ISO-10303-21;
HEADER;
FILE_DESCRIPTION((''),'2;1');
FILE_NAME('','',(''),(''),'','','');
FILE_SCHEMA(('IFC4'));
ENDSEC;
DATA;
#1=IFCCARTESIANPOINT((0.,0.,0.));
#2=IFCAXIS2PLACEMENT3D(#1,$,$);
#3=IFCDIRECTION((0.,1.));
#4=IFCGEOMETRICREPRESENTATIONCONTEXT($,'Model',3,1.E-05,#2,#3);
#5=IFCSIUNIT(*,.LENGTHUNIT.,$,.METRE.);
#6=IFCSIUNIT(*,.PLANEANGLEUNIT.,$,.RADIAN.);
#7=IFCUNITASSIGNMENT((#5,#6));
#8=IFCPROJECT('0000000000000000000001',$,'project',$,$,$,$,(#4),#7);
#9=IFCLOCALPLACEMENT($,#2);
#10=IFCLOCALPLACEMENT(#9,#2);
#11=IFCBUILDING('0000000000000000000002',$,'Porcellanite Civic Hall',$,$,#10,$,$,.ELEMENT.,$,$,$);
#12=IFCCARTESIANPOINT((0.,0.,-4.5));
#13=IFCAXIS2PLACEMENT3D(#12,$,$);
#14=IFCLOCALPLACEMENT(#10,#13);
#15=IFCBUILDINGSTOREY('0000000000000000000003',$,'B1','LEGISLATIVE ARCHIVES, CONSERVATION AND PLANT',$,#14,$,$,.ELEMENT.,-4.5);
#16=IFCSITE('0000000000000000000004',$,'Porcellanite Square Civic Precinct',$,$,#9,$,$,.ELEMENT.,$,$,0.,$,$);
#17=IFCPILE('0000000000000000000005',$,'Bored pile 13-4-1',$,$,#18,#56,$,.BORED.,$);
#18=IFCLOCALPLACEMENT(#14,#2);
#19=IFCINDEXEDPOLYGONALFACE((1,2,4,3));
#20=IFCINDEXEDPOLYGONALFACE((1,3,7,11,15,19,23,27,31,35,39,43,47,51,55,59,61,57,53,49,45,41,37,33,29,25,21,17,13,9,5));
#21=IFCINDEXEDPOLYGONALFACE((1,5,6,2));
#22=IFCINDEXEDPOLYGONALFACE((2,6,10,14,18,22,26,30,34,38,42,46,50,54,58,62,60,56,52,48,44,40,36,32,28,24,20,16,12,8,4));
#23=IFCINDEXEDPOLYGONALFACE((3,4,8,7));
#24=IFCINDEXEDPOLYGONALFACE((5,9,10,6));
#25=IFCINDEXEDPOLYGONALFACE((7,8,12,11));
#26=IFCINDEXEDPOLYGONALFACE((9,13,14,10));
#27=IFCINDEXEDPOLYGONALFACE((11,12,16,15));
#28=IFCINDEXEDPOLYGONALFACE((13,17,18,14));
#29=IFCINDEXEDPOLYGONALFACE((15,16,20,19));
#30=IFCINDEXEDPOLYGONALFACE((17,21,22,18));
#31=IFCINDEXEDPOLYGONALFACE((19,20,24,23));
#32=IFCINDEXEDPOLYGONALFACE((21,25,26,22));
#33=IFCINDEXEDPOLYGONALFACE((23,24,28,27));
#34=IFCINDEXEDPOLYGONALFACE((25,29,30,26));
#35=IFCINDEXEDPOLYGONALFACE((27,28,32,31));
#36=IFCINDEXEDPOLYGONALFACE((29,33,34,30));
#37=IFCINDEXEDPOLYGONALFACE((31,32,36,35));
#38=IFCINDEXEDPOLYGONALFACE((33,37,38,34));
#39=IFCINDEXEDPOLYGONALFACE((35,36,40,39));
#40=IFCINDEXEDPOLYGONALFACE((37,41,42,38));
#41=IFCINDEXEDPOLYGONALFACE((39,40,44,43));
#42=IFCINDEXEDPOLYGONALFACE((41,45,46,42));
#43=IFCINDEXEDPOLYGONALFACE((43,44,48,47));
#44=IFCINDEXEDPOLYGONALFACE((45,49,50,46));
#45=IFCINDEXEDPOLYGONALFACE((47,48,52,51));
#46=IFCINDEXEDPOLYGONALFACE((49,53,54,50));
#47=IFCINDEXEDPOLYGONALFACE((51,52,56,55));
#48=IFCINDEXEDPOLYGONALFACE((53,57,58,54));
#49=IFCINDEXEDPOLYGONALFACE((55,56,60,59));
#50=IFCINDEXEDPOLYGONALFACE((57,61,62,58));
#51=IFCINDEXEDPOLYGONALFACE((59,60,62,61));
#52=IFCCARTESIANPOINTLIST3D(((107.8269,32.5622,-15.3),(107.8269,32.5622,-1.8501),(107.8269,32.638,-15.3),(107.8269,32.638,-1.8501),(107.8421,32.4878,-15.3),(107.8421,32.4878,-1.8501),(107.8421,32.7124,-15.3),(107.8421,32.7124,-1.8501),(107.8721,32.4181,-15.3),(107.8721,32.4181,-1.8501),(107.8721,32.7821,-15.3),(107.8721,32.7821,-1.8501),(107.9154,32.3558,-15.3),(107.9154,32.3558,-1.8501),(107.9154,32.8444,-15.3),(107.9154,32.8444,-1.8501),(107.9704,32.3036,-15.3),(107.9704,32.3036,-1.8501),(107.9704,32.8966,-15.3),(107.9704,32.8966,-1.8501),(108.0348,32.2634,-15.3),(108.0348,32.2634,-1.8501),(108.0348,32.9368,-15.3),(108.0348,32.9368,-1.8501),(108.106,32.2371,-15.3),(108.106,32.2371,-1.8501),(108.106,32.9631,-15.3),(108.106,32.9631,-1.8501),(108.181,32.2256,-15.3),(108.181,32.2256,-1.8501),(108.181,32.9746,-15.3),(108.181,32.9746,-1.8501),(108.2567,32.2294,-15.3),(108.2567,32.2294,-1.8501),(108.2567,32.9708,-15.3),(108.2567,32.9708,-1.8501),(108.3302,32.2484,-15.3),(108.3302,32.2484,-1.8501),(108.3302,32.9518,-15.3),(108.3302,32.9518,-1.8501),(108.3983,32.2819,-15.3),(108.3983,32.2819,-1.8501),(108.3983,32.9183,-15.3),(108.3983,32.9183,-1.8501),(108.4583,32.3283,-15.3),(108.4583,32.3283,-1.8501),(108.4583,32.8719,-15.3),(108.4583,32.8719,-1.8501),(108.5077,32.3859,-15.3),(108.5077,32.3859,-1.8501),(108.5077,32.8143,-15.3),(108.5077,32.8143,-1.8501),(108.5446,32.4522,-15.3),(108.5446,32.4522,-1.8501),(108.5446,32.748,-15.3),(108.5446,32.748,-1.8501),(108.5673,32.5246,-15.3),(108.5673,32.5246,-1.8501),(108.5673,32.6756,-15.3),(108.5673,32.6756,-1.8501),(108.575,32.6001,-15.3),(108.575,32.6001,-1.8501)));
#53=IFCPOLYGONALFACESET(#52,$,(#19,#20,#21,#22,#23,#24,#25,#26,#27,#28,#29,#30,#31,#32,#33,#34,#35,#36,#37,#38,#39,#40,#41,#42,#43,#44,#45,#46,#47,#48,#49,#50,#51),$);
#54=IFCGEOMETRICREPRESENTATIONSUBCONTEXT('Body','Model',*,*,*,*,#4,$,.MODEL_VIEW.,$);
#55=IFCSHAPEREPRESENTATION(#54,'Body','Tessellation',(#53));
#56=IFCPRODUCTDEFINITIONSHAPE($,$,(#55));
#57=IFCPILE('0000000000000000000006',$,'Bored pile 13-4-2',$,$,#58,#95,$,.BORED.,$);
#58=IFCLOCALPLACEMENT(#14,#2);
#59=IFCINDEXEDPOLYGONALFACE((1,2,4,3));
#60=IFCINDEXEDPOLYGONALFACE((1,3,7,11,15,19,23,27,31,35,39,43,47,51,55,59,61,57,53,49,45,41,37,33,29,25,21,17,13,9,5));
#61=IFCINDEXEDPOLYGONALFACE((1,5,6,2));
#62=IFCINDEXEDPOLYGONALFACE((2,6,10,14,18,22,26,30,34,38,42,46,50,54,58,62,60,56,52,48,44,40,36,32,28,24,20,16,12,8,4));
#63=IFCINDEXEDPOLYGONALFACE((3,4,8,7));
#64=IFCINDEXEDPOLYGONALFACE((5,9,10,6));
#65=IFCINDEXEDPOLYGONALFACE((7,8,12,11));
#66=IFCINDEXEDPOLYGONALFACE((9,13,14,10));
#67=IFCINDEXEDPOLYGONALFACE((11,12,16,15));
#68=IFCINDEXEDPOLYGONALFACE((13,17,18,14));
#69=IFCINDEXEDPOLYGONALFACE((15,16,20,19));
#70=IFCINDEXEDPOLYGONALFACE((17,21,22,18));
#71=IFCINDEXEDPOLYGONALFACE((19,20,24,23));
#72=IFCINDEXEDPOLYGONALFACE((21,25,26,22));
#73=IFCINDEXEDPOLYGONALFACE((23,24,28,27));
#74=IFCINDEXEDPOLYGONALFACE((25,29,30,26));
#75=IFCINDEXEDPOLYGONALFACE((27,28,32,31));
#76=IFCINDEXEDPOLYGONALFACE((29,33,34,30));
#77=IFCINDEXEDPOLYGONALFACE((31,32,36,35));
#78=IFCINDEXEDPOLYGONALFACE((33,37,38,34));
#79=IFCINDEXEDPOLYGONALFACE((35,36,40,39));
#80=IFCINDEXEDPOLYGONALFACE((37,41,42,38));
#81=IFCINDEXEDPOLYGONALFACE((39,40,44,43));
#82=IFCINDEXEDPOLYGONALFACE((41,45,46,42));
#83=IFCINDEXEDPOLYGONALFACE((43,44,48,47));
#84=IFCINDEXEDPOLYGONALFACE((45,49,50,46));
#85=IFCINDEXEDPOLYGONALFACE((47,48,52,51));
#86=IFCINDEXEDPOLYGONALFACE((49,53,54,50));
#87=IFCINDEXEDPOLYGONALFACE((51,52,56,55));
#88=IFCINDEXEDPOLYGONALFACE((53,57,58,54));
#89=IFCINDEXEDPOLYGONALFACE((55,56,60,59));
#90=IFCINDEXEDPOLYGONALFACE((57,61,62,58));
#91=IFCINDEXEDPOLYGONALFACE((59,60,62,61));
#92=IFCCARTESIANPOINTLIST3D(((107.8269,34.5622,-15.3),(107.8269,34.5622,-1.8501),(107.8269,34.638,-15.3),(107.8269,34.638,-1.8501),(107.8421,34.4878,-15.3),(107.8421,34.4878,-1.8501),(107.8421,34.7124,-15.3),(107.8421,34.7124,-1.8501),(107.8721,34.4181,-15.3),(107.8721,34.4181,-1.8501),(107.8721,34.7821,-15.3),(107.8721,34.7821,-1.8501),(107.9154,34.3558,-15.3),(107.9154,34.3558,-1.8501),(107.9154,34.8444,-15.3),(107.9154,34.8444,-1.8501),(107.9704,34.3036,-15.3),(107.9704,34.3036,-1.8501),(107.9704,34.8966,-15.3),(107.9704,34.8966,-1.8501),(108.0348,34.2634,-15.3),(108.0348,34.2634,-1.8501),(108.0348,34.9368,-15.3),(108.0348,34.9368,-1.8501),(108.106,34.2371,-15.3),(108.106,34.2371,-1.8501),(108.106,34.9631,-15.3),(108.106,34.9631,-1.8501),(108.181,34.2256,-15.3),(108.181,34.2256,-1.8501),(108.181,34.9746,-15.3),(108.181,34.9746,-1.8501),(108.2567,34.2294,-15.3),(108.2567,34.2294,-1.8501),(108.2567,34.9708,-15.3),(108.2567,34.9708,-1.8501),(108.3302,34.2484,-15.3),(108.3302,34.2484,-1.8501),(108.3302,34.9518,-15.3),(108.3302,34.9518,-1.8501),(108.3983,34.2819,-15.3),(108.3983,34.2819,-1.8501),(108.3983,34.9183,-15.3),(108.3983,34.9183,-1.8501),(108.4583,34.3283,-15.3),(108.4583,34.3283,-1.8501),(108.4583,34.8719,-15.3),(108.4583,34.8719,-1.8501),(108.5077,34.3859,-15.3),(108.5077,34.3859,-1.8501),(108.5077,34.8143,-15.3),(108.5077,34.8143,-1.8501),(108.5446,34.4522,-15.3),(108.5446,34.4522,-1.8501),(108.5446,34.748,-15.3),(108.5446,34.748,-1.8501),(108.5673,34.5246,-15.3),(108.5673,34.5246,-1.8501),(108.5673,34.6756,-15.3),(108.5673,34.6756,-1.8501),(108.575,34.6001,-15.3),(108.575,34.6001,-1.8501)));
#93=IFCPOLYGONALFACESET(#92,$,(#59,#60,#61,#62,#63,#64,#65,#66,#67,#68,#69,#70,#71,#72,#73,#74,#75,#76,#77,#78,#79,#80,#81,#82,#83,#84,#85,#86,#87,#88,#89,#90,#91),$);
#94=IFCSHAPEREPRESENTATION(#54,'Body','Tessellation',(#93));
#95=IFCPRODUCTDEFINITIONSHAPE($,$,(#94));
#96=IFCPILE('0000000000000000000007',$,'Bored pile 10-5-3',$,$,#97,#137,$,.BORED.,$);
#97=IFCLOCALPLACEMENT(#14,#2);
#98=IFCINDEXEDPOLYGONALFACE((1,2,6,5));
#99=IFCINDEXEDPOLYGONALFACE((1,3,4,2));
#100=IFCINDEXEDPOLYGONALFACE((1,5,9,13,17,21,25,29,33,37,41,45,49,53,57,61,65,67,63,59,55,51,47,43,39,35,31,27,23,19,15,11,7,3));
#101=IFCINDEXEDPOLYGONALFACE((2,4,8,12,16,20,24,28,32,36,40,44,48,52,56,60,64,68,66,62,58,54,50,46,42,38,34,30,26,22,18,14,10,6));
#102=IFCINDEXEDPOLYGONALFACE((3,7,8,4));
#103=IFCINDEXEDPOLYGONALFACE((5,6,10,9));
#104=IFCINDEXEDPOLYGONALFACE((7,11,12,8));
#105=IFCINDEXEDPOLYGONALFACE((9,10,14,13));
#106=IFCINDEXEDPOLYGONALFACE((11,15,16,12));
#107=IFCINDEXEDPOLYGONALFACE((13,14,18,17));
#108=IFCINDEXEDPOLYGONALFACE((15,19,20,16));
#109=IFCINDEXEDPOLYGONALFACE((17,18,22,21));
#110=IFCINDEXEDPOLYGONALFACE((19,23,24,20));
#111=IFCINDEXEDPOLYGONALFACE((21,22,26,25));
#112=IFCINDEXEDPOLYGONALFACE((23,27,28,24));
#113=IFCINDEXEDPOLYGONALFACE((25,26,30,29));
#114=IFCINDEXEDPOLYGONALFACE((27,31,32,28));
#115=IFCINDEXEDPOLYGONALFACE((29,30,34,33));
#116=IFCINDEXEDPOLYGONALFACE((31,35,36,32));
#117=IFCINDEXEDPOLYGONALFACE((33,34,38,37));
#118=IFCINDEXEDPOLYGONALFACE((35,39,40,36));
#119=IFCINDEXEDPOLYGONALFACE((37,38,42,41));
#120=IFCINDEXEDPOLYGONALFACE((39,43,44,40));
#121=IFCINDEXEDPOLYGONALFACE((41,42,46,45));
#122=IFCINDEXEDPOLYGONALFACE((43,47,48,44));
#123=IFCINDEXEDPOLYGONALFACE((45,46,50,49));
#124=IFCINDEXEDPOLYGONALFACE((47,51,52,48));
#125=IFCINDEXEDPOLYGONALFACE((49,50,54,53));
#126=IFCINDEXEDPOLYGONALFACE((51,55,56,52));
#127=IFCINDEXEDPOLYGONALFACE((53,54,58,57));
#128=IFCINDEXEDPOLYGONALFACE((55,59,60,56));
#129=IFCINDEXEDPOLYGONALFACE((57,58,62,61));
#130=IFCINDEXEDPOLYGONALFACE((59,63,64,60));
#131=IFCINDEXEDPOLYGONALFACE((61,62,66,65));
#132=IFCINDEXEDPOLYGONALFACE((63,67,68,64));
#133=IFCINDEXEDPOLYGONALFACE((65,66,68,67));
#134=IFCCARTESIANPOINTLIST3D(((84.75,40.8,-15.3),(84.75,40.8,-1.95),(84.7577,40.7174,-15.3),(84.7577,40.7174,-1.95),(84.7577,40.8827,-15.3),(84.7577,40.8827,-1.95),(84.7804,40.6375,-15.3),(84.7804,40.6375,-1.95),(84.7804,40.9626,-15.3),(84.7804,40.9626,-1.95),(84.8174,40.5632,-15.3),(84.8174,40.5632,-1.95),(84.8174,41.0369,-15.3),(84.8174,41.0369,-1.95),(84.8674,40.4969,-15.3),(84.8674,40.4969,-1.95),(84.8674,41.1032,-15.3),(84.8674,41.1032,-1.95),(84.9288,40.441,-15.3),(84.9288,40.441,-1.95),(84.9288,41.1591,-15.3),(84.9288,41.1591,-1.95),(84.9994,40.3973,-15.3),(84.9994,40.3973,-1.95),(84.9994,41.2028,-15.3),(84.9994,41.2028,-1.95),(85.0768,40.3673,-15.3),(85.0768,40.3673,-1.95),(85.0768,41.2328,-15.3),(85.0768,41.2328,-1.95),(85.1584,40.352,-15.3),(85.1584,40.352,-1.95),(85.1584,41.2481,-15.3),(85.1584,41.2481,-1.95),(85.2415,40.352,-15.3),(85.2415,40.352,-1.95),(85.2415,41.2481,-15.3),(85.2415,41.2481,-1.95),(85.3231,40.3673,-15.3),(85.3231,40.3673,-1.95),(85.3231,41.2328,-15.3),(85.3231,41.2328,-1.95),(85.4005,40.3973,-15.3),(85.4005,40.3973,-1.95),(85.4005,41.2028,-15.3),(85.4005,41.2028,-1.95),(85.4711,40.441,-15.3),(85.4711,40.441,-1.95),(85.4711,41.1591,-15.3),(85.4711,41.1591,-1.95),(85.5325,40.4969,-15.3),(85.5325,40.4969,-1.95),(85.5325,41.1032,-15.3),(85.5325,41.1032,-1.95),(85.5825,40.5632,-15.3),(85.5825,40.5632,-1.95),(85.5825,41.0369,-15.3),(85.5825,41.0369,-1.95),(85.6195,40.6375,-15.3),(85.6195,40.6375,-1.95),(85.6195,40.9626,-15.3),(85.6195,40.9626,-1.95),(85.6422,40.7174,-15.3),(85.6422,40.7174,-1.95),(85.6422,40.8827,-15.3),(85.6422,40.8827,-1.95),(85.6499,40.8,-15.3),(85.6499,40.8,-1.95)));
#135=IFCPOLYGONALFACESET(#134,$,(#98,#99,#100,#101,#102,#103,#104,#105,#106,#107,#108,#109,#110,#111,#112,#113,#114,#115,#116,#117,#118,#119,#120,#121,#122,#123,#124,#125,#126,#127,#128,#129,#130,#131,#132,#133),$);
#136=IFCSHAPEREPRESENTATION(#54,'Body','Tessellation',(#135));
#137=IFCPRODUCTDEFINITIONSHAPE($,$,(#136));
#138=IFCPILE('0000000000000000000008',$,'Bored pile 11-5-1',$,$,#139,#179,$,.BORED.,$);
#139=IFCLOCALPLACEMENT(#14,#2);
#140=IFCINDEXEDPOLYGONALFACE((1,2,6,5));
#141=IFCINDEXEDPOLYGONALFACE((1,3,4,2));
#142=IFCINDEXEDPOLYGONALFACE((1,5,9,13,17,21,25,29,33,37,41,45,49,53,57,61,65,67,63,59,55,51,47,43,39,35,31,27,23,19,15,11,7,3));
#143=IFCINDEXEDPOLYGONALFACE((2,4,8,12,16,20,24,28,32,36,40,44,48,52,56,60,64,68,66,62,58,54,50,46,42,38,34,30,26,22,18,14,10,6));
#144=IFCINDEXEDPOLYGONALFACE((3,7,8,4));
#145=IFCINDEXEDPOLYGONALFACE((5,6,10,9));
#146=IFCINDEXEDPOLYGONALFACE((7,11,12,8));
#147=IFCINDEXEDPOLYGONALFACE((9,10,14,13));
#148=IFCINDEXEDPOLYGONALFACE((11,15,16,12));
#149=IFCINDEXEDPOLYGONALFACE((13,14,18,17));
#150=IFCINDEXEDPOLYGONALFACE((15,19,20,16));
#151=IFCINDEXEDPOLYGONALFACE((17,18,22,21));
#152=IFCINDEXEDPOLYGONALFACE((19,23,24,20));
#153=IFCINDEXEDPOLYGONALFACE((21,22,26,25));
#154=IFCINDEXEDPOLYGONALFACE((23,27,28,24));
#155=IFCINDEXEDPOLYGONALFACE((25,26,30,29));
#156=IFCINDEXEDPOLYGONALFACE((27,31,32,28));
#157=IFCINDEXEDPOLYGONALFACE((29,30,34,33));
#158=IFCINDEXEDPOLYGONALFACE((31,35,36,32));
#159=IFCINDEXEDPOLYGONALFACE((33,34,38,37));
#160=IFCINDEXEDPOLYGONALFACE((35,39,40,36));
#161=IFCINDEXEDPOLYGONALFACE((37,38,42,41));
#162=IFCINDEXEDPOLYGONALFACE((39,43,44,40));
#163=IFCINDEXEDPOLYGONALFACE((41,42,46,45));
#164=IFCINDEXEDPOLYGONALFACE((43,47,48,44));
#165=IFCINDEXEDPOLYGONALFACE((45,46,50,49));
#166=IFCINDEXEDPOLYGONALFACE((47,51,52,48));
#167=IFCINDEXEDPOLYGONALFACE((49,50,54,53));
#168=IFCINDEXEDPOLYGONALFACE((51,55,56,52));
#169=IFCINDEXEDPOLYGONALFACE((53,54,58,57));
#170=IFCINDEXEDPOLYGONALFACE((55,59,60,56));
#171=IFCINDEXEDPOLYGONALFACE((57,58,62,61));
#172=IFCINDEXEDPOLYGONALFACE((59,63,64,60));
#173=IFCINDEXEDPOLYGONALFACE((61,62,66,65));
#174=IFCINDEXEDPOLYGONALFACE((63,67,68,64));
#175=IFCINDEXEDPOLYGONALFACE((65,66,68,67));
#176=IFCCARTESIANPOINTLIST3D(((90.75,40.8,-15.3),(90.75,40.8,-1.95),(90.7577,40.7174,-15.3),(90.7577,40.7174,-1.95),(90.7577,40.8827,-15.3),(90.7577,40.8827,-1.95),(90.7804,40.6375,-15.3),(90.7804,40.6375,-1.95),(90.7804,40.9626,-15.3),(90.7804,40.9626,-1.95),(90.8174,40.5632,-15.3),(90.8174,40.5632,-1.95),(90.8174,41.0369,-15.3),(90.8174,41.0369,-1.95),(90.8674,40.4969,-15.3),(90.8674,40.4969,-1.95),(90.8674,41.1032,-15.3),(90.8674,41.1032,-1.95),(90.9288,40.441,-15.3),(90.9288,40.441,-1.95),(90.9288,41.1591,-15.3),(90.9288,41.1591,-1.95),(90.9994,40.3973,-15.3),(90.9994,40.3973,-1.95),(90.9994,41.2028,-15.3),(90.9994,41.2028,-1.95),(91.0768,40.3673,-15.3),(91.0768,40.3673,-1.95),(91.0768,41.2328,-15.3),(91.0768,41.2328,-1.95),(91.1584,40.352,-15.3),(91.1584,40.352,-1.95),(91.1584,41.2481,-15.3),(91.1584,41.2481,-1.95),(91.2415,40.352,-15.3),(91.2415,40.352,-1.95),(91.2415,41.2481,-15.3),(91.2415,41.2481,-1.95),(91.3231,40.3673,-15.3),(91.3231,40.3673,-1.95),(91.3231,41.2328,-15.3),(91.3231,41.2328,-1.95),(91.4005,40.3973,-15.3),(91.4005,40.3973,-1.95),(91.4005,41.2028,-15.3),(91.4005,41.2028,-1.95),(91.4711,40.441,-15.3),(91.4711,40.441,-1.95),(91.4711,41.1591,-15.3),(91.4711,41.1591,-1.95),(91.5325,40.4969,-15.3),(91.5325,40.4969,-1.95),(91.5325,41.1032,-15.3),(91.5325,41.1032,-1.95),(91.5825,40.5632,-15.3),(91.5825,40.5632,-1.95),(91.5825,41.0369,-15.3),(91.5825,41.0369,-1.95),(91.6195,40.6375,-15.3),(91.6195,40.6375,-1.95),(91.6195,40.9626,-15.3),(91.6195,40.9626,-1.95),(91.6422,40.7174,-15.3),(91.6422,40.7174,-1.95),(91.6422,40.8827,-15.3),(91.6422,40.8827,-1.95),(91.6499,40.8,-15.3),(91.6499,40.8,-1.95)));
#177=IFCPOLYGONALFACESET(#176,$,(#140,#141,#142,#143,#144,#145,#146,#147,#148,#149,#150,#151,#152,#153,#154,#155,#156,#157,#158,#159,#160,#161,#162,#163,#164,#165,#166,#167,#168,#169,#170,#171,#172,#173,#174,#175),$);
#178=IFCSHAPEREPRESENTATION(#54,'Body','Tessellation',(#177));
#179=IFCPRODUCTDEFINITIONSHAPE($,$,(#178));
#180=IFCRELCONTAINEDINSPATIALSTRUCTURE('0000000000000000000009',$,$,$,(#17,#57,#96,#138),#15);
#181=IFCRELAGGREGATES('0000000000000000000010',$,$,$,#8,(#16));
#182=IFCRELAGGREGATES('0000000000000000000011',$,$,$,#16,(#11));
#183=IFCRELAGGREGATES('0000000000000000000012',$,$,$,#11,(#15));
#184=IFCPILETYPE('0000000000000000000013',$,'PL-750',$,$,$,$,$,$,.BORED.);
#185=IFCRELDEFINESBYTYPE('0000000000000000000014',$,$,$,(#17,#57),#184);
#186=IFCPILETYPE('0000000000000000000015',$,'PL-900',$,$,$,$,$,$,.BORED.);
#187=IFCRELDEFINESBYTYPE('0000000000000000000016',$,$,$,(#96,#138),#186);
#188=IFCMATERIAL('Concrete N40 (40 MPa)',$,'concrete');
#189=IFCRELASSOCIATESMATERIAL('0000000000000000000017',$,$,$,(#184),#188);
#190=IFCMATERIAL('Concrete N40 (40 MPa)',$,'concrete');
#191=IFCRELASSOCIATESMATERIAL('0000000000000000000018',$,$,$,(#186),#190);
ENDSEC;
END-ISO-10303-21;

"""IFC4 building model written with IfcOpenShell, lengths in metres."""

from ifc_helpers import new_model, si_unit, direction, frame, origin, origin_2d, place, context, subcontext, project, spatial, circle, extrude, material, material_profile, profile_set, type_object, element, save


model = new_model("IFC4")

# Units and contexts
model_context = context("Model", 3, precision=1e-05, world=origin(), true_north=direction((0.0, 1.0)))
body_context = subcontext(model_context, "Body", "Model", "MODEL_VIEW")
ifc_project = project(units=[si_unit("LENGTHUNIT", "METRE"), si_unit("PLANEANGLEUNIT", "RADIAN")], contexts=[model_context])

# Site, building, storey
site_placement = place(None, origin())
site = spatial("IfcSite", under=ifc_project, at=site_placement, Name="Porcellanite Square Civic Precinct", CompositionType="ELEMENT", RefElevation=0.0)
building_placement = place(site_placement, origin())
building = spatial("IfcBuilding", under=site, at=building_placement, Name="Porcellanite Civic Hall", CompositionType="ELEMENT")
storey_placement = place(building_placement, frame((0.0, 0.0, -4.5)))
storey = spatial("IfcBuildingStorey", under=building, at=storey_placement, Name="B1", Description="LEGISLATIVE ARCHIVES, CONSERVATION AND PLANT", CompositionType="ELEMENT", Elevation=-4.5)

# Piles
ifc_material_1 = material(Name="Concrete N40 (40 MPa)", Category="concrete")
ifc_material_profile_1 = material_profile(ifc_material_1, circle(Radius=0.375, at=origin_2d()), Name="PILE-D750")
ifc_profile_set_1 = profile_set([ifc_material_profile_1], Name="Concrete N40 (40 MPa)")
pile_type_1 = type_object("IfcPileType", Name="PL-750", PredefinedType="BORED", material=ifc_profile_set_1)
for number, where, z_axis, x_axis, name in (
    (1, (108.2, 32.6001, -1.8501), (0.0, 0.0, -1.0), (1.0, 0.0, 0.0), "Bored pile 13-4-1"),
    (2, (108.2, 34.6001, -1.8501), (0.0, 0.0, -1.0), (1.0, 0.0, 0.0), "Bored pile 13-4-2"),
):
    element("IfcPile", number, at=place(storey_placement, frame(where, z_axis=z_axis, x_axis=x_axis)), inside=storey, type_object=pile_type_1, Name=name, PredefinedType="BORED", context=body_context, shape_type="SweptSolid", body=[
        extrude(circle(Radius=0.375, at=origin_2d()), origin(), (0.0, 0.0, 1.0), 13.45),
    ])
ifc_material_2 = material(Name="Concrete N40 (40 MPa)", Category="concrete")
ifc_material_profile_2 = material_profile(ifc_material_2, circle(Radius=0.45, at=origin_2d()), Name="PILE-D900")
ifc_profile_set_2 = profile_set([ifc_material_profile_2], Name="Concrete N40 (40 MPa)")
pile_type_2 = type_object("IfcPileType", Name="PL-900", PredefinedType="BORED", material=ifc_profile_set_2)
for number, where, z_axis, x_axis, name in (
    (3, (85.2, 40.8, -1.95), (0.0, 0.0, -1.0), (1.0, 0.0, 0.0), "Bored pile 10-5-3"),
    (4, (91.2, 40.8, -1.95), (0.0, 0.0, -1.0), (1.0, 0.0, 0.0), "Bored pile 11-5-1"),
):
    element("IfcPile", number, at=place(storey_placement, frame(where, z_axis=z_axis, x_axis=x_axis)), inside=storey, type_object=pile_type_2, Name=name, PredefinedType="BORED", context=body_context, shape_type="SweptSolid", body=[
        extrude(circle(Radius=0.45, at=origin_2d()), origin(), (0.0, 0.0, 1.0), 13.3501),
    ])

save(model, "model.ifc")
